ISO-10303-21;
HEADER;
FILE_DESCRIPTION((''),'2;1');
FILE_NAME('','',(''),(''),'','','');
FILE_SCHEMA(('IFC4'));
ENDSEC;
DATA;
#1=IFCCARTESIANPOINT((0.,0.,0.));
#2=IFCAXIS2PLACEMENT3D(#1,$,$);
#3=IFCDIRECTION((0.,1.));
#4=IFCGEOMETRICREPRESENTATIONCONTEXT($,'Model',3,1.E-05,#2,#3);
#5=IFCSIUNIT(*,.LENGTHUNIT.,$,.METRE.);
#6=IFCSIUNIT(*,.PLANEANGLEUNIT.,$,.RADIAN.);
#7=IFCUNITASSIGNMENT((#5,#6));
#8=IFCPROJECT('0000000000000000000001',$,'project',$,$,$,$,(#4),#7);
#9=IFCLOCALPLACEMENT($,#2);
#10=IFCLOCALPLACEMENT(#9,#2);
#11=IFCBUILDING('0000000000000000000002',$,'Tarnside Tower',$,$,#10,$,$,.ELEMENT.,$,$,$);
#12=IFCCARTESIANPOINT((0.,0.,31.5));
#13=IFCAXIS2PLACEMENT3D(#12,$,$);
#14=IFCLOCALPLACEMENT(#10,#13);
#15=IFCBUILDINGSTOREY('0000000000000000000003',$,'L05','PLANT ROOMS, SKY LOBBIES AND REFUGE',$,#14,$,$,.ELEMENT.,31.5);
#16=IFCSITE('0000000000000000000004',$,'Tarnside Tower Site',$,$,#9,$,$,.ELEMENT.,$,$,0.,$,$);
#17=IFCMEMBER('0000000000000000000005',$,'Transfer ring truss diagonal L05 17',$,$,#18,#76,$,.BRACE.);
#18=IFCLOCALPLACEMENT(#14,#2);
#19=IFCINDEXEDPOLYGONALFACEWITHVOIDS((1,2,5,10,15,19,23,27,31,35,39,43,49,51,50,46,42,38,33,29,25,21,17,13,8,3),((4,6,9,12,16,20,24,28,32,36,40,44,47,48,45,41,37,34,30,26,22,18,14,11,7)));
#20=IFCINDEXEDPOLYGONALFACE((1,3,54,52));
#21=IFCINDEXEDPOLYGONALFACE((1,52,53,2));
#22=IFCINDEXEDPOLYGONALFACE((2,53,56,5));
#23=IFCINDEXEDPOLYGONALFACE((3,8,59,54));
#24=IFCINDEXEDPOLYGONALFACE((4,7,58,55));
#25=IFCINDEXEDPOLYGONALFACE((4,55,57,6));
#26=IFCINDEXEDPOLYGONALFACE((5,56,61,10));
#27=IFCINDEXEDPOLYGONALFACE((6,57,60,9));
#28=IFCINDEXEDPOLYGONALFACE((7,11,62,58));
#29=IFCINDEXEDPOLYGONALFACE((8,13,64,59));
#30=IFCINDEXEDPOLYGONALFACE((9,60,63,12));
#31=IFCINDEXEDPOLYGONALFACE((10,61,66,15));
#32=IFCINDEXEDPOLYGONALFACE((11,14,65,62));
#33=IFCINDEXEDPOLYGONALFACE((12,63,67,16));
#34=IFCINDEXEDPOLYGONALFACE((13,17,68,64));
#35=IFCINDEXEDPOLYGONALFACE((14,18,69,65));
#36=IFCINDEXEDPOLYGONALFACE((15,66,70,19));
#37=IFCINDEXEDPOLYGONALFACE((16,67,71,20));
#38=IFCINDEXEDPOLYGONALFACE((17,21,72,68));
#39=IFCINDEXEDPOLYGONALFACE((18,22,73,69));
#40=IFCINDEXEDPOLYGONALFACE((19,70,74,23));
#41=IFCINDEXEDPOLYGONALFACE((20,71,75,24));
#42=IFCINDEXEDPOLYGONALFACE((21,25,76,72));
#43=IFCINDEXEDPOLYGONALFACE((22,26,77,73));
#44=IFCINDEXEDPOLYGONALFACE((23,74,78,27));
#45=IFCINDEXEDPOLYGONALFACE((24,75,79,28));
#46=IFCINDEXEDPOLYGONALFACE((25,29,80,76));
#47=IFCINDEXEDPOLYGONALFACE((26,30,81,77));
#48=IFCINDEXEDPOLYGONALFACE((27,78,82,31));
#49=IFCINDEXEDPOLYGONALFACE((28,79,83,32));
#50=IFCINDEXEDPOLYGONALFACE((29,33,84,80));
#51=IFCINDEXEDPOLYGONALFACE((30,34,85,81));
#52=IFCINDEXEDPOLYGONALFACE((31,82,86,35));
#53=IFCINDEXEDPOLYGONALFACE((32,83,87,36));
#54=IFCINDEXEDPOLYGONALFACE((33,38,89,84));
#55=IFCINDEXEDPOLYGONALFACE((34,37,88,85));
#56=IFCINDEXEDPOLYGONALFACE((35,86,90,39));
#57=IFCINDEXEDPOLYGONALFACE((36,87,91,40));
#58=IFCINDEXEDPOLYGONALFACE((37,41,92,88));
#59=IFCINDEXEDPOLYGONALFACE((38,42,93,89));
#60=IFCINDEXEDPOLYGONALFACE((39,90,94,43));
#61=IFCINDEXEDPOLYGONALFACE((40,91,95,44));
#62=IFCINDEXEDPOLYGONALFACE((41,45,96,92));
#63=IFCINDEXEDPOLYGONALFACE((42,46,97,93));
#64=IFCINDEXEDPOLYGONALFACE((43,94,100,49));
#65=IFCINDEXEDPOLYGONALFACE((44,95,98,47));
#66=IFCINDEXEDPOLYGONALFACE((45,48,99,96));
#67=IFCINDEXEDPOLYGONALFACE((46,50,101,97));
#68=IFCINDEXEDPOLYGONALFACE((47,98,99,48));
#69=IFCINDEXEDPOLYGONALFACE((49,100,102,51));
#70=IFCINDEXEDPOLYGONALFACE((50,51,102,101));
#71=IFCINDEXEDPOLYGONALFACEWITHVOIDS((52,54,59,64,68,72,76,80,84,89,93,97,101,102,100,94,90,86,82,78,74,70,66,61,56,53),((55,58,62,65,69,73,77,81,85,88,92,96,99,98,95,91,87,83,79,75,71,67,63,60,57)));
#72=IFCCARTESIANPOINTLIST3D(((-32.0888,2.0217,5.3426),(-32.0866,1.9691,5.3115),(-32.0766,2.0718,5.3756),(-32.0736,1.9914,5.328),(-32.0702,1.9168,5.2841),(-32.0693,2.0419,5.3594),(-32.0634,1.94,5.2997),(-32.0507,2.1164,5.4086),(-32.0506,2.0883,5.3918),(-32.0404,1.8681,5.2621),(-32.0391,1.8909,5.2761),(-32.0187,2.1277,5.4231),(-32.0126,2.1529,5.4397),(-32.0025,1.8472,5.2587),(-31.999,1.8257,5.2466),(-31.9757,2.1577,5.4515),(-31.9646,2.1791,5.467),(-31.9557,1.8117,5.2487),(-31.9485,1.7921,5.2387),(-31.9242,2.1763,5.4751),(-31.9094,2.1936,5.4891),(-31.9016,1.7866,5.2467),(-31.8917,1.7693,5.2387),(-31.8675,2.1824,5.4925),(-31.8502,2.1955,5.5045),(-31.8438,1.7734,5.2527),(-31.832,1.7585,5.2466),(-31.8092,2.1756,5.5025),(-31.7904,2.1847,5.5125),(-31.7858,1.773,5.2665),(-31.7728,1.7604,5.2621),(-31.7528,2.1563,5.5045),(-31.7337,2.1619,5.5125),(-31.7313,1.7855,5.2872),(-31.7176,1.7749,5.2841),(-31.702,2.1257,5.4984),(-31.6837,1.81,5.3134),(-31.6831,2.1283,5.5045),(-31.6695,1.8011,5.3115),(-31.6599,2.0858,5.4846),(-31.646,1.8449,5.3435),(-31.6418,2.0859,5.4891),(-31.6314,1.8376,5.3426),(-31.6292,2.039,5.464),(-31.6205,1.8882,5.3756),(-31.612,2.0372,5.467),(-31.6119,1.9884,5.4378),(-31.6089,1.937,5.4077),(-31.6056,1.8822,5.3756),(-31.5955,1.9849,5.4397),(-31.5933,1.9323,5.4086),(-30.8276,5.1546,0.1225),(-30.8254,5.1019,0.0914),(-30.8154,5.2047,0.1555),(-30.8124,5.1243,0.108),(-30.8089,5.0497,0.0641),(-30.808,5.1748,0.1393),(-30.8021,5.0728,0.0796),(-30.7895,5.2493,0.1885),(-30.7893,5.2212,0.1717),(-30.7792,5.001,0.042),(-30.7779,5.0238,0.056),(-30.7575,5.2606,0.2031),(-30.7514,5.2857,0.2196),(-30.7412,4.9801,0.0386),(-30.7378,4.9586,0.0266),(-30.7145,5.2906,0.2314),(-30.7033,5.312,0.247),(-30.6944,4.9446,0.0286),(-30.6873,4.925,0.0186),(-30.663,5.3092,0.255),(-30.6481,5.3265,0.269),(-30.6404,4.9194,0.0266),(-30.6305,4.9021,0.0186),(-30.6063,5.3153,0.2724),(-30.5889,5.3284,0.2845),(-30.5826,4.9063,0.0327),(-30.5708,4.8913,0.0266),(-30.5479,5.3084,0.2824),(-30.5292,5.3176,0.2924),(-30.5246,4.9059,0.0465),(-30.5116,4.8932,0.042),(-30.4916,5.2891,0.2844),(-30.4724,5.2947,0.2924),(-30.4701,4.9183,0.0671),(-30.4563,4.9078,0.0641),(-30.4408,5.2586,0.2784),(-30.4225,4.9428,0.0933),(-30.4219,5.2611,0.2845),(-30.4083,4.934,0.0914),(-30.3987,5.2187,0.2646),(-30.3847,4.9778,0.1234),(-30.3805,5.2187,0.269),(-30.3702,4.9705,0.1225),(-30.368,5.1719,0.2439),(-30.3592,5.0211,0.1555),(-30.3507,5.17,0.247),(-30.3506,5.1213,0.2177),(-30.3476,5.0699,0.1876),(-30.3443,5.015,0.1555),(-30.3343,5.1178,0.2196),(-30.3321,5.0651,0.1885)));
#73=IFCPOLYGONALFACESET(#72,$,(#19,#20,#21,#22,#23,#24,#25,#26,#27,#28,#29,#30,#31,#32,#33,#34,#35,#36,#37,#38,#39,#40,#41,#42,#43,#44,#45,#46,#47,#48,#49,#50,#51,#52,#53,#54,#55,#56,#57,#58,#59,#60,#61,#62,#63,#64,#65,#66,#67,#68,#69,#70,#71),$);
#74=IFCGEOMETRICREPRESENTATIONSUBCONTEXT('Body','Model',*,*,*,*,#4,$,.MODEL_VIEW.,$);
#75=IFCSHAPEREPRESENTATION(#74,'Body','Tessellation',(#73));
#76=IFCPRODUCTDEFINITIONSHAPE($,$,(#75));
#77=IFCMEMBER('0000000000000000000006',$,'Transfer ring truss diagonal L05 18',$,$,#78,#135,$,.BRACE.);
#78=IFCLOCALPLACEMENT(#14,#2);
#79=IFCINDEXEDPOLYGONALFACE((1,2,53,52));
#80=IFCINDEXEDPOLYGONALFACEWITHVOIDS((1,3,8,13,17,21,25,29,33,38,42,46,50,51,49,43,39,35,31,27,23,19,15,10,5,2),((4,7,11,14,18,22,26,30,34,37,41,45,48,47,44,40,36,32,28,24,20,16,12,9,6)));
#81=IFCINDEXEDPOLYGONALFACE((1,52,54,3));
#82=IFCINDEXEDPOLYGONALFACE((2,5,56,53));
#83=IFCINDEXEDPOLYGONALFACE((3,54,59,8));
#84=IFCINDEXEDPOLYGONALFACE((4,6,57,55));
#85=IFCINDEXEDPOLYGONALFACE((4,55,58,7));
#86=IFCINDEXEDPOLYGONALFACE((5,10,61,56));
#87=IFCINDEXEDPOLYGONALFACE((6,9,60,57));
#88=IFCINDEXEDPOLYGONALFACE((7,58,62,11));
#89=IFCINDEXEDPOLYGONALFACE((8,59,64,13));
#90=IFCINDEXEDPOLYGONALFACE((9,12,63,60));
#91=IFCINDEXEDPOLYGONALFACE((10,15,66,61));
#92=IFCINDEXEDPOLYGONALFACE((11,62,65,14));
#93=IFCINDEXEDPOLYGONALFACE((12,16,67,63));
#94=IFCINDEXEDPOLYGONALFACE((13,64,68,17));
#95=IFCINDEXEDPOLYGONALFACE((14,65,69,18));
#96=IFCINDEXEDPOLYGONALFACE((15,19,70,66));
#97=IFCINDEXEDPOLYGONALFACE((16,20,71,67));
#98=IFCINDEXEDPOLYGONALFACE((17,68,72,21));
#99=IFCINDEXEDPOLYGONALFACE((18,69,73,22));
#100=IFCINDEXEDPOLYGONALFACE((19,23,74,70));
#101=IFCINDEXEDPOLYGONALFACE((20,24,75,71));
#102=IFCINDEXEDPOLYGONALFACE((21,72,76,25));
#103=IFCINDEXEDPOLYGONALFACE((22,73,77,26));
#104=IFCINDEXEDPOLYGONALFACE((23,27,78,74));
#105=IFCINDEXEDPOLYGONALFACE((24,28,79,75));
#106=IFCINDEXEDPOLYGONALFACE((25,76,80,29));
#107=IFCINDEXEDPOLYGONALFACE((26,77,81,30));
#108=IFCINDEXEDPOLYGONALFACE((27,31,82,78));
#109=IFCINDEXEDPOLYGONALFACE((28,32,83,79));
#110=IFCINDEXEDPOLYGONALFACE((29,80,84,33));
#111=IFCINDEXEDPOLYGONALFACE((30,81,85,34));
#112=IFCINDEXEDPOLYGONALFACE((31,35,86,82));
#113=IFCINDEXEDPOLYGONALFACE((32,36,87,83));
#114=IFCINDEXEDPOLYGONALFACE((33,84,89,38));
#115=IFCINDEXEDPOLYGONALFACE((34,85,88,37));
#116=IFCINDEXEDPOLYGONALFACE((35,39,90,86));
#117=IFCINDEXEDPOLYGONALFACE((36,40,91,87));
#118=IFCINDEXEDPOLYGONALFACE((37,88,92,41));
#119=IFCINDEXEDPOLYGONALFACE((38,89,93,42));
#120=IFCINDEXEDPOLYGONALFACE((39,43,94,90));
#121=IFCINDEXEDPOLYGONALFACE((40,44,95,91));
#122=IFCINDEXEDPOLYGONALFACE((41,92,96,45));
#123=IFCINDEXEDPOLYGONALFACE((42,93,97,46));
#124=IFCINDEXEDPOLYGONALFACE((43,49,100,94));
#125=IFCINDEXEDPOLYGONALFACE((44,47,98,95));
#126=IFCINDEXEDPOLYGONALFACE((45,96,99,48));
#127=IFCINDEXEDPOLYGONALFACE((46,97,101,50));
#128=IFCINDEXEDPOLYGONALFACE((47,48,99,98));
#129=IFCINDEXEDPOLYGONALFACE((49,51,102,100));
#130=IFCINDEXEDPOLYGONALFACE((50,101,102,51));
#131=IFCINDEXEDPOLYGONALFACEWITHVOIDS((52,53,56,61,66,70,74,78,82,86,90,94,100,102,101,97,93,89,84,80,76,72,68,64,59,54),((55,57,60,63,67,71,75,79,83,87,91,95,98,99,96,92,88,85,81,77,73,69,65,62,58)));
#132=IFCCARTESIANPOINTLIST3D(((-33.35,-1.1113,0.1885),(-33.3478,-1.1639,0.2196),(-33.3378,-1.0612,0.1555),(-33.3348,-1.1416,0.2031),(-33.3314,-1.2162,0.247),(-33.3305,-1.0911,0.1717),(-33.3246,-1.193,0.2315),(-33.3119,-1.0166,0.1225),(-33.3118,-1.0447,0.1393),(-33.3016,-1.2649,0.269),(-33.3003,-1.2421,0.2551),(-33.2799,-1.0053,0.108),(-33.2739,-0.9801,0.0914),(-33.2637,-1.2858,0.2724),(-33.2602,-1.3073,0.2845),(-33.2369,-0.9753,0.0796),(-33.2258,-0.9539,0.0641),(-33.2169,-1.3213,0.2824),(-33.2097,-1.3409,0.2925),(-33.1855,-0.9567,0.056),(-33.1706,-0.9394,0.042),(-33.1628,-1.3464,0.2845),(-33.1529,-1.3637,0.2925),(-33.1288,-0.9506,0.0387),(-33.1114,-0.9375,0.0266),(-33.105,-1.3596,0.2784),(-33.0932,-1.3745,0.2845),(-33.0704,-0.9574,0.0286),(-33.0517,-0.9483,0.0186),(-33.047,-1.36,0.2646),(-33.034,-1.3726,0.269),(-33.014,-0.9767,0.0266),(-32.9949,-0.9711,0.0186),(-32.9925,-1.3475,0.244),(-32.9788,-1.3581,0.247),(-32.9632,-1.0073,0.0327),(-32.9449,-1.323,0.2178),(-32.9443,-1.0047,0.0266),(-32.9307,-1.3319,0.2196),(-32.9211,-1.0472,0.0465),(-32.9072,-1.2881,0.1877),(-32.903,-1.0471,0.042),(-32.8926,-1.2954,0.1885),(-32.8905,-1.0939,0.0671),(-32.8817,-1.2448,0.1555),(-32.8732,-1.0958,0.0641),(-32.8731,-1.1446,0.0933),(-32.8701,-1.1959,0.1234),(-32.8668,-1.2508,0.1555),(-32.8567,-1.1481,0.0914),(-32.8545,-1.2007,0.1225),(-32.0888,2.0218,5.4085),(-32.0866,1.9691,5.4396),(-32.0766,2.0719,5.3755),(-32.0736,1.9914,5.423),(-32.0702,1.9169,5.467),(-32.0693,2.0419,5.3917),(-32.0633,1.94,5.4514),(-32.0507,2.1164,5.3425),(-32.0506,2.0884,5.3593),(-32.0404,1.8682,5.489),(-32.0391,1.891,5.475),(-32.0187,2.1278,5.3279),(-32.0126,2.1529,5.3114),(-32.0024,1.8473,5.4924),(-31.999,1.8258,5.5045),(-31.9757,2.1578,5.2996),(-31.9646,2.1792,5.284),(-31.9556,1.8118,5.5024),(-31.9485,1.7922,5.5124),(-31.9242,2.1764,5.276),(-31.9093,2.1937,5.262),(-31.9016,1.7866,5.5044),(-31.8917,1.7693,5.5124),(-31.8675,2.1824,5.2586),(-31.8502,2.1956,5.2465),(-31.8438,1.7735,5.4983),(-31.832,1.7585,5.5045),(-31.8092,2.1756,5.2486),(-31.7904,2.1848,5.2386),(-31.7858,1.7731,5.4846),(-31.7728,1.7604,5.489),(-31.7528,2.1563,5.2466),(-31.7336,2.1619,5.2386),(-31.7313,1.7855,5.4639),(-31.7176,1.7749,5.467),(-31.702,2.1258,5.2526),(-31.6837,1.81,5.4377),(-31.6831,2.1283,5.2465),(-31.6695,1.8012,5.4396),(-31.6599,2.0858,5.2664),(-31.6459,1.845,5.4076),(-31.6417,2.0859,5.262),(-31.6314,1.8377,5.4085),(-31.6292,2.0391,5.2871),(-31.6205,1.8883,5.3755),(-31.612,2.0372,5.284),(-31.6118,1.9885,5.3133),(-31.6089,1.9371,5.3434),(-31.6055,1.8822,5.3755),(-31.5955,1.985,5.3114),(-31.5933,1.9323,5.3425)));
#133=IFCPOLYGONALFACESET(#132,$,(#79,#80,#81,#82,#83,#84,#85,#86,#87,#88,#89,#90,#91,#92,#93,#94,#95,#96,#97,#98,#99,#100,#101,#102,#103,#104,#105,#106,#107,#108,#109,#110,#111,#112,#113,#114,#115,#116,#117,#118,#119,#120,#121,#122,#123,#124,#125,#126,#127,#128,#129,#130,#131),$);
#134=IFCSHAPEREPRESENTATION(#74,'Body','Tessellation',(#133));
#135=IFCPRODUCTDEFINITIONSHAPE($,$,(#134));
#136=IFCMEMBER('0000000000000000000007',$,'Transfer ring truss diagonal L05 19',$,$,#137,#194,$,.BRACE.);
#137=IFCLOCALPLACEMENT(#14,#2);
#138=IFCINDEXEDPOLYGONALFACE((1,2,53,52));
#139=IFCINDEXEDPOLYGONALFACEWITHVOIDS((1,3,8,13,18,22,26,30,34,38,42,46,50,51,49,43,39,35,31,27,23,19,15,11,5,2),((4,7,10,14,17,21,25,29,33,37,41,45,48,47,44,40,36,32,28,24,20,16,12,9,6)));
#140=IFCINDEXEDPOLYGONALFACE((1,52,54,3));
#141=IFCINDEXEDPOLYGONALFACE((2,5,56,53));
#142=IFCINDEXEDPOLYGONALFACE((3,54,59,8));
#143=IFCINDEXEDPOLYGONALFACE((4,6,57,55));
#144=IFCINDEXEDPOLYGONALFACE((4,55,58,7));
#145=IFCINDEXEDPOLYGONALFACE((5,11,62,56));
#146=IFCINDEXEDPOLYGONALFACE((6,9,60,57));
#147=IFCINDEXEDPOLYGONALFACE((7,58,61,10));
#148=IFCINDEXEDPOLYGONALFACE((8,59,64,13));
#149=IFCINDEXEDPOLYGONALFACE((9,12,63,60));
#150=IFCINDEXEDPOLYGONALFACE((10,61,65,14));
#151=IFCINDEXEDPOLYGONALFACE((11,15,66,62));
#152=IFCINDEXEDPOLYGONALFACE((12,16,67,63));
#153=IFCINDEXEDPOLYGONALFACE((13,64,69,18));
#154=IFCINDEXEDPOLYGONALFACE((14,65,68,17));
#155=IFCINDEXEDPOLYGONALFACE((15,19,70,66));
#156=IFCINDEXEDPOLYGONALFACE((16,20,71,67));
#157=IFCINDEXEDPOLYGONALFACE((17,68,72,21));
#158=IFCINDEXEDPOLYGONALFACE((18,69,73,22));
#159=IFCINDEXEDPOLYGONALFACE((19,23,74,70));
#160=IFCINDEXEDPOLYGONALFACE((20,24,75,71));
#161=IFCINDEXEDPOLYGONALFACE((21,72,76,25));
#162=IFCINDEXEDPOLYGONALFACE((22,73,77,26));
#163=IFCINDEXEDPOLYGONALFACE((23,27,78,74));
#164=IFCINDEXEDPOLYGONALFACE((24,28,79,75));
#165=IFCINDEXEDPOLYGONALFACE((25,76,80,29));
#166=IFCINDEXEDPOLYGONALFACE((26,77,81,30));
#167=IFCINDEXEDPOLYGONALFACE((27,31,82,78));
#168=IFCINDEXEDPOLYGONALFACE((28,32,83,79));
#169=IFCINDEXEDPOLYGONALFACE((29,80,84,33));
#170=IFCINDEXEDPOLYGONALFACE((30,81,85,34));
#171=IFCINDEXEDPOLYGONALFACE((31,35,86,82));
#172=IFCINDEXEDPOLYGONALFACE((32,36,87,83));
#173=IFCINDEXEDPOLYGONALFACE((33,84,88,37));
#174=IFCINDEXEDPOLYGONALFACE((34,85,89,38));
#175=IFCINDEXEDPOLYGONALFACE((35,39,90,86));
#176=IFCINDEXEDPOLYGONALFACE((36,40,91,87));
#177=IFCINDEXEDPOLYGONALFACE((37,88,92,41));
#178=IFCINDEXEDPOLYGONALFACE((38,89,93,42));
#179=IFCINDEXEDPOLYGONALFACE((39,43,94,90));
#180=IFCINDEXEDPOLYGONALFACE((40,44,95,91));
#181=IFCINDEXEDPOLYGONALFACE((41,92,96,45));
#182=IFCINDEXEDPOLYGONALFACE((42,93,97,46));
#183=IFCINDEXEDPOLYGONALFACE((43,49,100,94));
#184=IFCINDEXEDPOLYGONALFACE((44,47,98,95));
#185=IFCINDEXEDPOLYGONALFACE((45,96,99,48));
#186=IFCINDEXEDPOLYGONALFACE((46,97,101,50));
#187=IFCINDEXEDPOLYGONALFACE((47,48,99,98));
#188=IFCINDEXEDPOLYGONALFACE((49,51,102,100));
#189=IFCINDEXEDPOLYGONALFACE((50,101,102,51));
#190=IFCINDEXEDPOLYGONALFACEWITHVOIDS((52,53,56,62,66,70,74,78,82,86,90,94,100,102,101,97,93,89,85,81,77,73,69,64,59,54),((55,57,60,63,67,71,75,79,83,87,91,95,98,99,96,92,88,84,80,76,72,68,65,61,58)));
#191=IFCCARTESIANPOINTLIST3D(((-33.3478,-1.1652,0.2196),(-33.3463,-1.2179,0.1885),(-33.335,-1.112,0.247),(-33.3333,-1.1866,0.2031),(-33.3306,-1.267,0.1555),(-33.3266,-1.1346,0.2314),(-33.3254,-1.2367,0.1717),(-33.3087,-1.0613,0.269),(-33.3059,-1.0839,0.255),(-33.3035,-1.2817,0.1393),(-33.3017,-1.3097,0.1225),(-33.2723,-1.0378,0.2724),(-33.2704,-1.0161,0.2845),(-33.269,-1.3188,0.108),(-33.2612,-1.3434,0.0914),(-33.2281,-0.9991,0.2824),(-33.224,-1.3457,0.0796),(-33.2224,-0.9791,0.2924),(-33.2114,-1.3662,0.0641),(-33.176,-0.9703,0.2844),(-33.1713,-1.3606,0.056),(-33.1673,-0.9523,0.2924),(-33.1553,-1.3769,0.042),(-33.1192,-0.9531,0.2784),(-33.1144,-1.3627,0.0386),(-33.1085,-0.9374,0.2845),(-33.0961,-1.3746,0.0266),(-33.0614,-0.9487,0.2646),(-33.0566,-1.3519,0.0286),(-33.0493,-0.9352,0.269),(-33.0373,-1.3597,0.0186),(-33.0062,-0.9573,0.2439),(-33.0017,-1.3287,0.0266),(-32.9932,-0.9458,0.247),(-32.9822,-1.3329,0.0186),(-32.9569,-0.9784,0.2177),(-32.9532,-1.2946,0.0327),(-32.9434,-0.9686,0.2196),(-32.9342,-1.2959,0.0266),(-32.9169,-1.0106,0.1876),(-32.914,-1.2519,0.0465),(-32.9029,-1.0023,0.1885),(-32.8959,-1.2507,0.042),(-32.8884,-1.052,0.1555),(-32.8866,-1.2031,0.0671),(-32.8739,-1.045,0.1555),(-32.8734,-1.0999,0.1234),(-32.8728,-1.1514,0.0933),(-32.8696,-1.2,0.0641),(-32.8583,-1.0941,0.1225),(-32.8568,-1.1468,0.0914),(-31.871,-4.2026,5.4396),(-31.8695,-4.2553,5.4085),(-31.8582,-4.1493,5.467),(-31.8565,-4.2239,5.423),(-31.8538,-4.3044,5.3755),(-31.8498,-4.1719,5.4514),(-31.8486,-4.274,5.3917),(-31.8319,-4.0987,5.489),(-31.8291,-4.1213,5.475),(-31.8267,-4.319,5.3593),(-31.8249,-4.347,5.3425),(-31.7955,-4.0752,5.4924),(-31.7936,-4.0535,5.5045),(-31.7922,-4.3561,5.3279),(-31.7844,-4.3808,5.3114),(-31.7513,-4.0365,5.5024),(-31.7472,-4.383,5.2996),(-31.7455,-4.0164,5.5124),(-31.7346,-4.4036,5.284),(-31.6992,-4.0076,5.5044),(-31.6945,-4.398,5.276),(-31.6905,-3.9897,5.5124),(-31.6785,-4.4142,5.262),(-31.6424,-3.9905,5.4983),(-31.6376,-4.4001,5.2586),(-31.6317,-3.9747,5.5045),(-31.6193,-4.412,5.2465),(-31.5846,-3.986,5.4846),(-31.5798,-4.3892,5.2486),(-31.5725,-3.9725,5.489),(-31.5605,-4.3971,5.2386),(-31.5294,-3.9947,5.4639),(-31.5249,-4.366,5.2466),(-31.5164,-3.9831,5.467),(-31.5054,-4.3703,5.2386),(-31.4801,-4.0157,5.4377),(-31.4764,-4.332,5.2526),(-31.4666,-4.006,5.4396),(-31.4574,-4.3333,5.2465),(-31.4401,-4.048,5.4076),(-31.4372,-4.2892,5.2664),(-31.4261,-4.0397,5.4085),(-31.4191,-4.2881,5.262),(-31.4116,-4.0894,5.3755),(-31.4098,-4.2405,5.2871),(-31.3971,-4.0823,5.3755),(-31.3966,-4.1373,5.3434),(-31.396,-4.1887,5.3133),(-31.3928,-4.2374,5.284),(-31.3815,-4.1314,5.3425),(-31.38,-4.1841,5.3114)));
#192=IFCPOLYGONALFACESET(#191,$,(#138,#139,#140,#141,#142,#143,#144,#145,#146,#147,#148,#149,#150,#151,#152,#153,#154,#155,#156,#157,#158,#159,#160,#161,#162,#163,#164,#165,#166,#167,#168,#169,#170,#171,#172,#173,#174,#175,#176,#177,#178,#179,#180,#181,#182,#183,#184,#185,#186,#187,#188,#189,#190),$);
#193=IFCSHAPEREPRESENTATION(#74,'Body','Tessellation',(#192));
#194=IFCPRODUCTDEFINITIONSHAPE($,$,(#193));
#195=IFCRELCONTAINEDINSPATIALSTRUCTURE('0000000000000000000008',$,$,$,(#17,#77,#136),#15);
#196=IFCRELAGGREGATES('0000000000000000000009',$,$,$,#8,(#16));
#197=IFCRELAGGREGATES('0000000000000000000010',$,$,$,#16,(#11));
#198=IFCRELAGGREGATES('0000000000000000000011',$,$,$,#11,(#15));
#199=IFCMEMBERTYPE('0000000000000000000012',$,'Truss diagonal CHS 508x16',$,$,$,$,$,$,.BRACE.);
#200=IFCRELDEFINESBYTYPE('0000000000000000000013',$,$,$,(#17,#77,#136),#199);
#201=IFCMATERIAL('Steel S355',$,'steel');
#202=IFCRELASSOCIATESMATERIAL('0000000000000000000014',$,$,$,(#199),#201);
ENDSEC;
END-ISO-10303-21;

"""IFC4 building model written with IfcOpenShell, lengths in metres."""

from ifc_helpers import new_model, si_unit, direction, frame, origin, origin_2d, place, context, subcontext, project, spatial, hollow_circle, extrude, material, material_profile, profile_set, type_object, element, save


model = new_model("IFC4")

# Units and contexts
model_context = context("Model", 3, precision=1e-05, world=origin(), true_north=direction((0.0, 1.0)))
body_context = subcontext(model_context, "Body", "Model", "MODEL_VIEW")
ifc_project = project(units=[si_unit("LENGTHUNIT", "METRE"), si_unit("PLANEANGLEUNIT", "RADIAN")], contexts=[model_context])

# Site, building, storey
site_placement = place(None, origin())
site = spatial("IfcSite", under=ifc_project, at=site_placement, Name="Tarnside Tower Site", CompositionType="ELEMENT", RefElevation=0.0)
building_placement = place(site_placement, origin())
building = spatial("IfcBuilding", under=site, at=building_placement, Name="Tarnside Tower", CompositionType="ELEMENT")
storey_placement = place(building_placement, frame((0.0, 0.0, 31.5)))
storey = spatial("IfcBuildingStorey", under=building, at=storey_placement, Name="L05", Description="PLANT ROOMS, SKY LOBBIES AND REFUGE", CompositionType="ELEMENT", Elevation=31.5)

# Shared definitions
ifc_material_1 = material(Name="Steel S355", Category="steel")

# Members
ifc_material_profile_1 = material_profile(ifc_material_1, hollow_circle(Radius=0.2539, WallThickness=0.0161, at=origin_2d()), Name="CHS 508x16")
ifc_profile_set_1 = profile_set([ifc_material_profile_1], Name="Steel S355")
member_type_1 = type_object("IfcMemberType", Name="Truss diagonal CHS 508x16", PredefinedType="BRACE", material=ifc_profile_set_1)
for number, where, z_axis, x_axis, name in (
    (1, (-30.5798, 5.1099, 0.1555), (-0.202862, -0.503896, 0.839604), (0.927647, -0.373459, 0.0), "Transfer ring truss diagonal L05 17"),
    (2, (-31.8411, 1.9771, 5.3755), (-0.202858, -0.503925, -0.839588), (0.927657, -0.373434, 0.0), "Transfer ring truss diagonal L05 18"),
    (3, (-33.1023, -1.156, 0.1555), (0.237533, -0.488534, 0.839591), (0.899331, 0.437268, 0.0), "Transfer ring truss diagonal L05 19"),
):
    element("IfcMember", number, at=place(storey_placement, frame(where, z_axis=z_axis, x_axis=x_axis)), inside=storey, type_object=member_type_1, Name=name, PredefinedType="BRACE", context=body_context, shape_type="SweptSolid", body=[
        extrude(hollow_circle(Radius=0.2539, WallThickness=0.0161, at=origin_2d()), origin(), (0.0, 0.0, 1.0), 6.2173),
    ])

save(model, "model.ifc")
